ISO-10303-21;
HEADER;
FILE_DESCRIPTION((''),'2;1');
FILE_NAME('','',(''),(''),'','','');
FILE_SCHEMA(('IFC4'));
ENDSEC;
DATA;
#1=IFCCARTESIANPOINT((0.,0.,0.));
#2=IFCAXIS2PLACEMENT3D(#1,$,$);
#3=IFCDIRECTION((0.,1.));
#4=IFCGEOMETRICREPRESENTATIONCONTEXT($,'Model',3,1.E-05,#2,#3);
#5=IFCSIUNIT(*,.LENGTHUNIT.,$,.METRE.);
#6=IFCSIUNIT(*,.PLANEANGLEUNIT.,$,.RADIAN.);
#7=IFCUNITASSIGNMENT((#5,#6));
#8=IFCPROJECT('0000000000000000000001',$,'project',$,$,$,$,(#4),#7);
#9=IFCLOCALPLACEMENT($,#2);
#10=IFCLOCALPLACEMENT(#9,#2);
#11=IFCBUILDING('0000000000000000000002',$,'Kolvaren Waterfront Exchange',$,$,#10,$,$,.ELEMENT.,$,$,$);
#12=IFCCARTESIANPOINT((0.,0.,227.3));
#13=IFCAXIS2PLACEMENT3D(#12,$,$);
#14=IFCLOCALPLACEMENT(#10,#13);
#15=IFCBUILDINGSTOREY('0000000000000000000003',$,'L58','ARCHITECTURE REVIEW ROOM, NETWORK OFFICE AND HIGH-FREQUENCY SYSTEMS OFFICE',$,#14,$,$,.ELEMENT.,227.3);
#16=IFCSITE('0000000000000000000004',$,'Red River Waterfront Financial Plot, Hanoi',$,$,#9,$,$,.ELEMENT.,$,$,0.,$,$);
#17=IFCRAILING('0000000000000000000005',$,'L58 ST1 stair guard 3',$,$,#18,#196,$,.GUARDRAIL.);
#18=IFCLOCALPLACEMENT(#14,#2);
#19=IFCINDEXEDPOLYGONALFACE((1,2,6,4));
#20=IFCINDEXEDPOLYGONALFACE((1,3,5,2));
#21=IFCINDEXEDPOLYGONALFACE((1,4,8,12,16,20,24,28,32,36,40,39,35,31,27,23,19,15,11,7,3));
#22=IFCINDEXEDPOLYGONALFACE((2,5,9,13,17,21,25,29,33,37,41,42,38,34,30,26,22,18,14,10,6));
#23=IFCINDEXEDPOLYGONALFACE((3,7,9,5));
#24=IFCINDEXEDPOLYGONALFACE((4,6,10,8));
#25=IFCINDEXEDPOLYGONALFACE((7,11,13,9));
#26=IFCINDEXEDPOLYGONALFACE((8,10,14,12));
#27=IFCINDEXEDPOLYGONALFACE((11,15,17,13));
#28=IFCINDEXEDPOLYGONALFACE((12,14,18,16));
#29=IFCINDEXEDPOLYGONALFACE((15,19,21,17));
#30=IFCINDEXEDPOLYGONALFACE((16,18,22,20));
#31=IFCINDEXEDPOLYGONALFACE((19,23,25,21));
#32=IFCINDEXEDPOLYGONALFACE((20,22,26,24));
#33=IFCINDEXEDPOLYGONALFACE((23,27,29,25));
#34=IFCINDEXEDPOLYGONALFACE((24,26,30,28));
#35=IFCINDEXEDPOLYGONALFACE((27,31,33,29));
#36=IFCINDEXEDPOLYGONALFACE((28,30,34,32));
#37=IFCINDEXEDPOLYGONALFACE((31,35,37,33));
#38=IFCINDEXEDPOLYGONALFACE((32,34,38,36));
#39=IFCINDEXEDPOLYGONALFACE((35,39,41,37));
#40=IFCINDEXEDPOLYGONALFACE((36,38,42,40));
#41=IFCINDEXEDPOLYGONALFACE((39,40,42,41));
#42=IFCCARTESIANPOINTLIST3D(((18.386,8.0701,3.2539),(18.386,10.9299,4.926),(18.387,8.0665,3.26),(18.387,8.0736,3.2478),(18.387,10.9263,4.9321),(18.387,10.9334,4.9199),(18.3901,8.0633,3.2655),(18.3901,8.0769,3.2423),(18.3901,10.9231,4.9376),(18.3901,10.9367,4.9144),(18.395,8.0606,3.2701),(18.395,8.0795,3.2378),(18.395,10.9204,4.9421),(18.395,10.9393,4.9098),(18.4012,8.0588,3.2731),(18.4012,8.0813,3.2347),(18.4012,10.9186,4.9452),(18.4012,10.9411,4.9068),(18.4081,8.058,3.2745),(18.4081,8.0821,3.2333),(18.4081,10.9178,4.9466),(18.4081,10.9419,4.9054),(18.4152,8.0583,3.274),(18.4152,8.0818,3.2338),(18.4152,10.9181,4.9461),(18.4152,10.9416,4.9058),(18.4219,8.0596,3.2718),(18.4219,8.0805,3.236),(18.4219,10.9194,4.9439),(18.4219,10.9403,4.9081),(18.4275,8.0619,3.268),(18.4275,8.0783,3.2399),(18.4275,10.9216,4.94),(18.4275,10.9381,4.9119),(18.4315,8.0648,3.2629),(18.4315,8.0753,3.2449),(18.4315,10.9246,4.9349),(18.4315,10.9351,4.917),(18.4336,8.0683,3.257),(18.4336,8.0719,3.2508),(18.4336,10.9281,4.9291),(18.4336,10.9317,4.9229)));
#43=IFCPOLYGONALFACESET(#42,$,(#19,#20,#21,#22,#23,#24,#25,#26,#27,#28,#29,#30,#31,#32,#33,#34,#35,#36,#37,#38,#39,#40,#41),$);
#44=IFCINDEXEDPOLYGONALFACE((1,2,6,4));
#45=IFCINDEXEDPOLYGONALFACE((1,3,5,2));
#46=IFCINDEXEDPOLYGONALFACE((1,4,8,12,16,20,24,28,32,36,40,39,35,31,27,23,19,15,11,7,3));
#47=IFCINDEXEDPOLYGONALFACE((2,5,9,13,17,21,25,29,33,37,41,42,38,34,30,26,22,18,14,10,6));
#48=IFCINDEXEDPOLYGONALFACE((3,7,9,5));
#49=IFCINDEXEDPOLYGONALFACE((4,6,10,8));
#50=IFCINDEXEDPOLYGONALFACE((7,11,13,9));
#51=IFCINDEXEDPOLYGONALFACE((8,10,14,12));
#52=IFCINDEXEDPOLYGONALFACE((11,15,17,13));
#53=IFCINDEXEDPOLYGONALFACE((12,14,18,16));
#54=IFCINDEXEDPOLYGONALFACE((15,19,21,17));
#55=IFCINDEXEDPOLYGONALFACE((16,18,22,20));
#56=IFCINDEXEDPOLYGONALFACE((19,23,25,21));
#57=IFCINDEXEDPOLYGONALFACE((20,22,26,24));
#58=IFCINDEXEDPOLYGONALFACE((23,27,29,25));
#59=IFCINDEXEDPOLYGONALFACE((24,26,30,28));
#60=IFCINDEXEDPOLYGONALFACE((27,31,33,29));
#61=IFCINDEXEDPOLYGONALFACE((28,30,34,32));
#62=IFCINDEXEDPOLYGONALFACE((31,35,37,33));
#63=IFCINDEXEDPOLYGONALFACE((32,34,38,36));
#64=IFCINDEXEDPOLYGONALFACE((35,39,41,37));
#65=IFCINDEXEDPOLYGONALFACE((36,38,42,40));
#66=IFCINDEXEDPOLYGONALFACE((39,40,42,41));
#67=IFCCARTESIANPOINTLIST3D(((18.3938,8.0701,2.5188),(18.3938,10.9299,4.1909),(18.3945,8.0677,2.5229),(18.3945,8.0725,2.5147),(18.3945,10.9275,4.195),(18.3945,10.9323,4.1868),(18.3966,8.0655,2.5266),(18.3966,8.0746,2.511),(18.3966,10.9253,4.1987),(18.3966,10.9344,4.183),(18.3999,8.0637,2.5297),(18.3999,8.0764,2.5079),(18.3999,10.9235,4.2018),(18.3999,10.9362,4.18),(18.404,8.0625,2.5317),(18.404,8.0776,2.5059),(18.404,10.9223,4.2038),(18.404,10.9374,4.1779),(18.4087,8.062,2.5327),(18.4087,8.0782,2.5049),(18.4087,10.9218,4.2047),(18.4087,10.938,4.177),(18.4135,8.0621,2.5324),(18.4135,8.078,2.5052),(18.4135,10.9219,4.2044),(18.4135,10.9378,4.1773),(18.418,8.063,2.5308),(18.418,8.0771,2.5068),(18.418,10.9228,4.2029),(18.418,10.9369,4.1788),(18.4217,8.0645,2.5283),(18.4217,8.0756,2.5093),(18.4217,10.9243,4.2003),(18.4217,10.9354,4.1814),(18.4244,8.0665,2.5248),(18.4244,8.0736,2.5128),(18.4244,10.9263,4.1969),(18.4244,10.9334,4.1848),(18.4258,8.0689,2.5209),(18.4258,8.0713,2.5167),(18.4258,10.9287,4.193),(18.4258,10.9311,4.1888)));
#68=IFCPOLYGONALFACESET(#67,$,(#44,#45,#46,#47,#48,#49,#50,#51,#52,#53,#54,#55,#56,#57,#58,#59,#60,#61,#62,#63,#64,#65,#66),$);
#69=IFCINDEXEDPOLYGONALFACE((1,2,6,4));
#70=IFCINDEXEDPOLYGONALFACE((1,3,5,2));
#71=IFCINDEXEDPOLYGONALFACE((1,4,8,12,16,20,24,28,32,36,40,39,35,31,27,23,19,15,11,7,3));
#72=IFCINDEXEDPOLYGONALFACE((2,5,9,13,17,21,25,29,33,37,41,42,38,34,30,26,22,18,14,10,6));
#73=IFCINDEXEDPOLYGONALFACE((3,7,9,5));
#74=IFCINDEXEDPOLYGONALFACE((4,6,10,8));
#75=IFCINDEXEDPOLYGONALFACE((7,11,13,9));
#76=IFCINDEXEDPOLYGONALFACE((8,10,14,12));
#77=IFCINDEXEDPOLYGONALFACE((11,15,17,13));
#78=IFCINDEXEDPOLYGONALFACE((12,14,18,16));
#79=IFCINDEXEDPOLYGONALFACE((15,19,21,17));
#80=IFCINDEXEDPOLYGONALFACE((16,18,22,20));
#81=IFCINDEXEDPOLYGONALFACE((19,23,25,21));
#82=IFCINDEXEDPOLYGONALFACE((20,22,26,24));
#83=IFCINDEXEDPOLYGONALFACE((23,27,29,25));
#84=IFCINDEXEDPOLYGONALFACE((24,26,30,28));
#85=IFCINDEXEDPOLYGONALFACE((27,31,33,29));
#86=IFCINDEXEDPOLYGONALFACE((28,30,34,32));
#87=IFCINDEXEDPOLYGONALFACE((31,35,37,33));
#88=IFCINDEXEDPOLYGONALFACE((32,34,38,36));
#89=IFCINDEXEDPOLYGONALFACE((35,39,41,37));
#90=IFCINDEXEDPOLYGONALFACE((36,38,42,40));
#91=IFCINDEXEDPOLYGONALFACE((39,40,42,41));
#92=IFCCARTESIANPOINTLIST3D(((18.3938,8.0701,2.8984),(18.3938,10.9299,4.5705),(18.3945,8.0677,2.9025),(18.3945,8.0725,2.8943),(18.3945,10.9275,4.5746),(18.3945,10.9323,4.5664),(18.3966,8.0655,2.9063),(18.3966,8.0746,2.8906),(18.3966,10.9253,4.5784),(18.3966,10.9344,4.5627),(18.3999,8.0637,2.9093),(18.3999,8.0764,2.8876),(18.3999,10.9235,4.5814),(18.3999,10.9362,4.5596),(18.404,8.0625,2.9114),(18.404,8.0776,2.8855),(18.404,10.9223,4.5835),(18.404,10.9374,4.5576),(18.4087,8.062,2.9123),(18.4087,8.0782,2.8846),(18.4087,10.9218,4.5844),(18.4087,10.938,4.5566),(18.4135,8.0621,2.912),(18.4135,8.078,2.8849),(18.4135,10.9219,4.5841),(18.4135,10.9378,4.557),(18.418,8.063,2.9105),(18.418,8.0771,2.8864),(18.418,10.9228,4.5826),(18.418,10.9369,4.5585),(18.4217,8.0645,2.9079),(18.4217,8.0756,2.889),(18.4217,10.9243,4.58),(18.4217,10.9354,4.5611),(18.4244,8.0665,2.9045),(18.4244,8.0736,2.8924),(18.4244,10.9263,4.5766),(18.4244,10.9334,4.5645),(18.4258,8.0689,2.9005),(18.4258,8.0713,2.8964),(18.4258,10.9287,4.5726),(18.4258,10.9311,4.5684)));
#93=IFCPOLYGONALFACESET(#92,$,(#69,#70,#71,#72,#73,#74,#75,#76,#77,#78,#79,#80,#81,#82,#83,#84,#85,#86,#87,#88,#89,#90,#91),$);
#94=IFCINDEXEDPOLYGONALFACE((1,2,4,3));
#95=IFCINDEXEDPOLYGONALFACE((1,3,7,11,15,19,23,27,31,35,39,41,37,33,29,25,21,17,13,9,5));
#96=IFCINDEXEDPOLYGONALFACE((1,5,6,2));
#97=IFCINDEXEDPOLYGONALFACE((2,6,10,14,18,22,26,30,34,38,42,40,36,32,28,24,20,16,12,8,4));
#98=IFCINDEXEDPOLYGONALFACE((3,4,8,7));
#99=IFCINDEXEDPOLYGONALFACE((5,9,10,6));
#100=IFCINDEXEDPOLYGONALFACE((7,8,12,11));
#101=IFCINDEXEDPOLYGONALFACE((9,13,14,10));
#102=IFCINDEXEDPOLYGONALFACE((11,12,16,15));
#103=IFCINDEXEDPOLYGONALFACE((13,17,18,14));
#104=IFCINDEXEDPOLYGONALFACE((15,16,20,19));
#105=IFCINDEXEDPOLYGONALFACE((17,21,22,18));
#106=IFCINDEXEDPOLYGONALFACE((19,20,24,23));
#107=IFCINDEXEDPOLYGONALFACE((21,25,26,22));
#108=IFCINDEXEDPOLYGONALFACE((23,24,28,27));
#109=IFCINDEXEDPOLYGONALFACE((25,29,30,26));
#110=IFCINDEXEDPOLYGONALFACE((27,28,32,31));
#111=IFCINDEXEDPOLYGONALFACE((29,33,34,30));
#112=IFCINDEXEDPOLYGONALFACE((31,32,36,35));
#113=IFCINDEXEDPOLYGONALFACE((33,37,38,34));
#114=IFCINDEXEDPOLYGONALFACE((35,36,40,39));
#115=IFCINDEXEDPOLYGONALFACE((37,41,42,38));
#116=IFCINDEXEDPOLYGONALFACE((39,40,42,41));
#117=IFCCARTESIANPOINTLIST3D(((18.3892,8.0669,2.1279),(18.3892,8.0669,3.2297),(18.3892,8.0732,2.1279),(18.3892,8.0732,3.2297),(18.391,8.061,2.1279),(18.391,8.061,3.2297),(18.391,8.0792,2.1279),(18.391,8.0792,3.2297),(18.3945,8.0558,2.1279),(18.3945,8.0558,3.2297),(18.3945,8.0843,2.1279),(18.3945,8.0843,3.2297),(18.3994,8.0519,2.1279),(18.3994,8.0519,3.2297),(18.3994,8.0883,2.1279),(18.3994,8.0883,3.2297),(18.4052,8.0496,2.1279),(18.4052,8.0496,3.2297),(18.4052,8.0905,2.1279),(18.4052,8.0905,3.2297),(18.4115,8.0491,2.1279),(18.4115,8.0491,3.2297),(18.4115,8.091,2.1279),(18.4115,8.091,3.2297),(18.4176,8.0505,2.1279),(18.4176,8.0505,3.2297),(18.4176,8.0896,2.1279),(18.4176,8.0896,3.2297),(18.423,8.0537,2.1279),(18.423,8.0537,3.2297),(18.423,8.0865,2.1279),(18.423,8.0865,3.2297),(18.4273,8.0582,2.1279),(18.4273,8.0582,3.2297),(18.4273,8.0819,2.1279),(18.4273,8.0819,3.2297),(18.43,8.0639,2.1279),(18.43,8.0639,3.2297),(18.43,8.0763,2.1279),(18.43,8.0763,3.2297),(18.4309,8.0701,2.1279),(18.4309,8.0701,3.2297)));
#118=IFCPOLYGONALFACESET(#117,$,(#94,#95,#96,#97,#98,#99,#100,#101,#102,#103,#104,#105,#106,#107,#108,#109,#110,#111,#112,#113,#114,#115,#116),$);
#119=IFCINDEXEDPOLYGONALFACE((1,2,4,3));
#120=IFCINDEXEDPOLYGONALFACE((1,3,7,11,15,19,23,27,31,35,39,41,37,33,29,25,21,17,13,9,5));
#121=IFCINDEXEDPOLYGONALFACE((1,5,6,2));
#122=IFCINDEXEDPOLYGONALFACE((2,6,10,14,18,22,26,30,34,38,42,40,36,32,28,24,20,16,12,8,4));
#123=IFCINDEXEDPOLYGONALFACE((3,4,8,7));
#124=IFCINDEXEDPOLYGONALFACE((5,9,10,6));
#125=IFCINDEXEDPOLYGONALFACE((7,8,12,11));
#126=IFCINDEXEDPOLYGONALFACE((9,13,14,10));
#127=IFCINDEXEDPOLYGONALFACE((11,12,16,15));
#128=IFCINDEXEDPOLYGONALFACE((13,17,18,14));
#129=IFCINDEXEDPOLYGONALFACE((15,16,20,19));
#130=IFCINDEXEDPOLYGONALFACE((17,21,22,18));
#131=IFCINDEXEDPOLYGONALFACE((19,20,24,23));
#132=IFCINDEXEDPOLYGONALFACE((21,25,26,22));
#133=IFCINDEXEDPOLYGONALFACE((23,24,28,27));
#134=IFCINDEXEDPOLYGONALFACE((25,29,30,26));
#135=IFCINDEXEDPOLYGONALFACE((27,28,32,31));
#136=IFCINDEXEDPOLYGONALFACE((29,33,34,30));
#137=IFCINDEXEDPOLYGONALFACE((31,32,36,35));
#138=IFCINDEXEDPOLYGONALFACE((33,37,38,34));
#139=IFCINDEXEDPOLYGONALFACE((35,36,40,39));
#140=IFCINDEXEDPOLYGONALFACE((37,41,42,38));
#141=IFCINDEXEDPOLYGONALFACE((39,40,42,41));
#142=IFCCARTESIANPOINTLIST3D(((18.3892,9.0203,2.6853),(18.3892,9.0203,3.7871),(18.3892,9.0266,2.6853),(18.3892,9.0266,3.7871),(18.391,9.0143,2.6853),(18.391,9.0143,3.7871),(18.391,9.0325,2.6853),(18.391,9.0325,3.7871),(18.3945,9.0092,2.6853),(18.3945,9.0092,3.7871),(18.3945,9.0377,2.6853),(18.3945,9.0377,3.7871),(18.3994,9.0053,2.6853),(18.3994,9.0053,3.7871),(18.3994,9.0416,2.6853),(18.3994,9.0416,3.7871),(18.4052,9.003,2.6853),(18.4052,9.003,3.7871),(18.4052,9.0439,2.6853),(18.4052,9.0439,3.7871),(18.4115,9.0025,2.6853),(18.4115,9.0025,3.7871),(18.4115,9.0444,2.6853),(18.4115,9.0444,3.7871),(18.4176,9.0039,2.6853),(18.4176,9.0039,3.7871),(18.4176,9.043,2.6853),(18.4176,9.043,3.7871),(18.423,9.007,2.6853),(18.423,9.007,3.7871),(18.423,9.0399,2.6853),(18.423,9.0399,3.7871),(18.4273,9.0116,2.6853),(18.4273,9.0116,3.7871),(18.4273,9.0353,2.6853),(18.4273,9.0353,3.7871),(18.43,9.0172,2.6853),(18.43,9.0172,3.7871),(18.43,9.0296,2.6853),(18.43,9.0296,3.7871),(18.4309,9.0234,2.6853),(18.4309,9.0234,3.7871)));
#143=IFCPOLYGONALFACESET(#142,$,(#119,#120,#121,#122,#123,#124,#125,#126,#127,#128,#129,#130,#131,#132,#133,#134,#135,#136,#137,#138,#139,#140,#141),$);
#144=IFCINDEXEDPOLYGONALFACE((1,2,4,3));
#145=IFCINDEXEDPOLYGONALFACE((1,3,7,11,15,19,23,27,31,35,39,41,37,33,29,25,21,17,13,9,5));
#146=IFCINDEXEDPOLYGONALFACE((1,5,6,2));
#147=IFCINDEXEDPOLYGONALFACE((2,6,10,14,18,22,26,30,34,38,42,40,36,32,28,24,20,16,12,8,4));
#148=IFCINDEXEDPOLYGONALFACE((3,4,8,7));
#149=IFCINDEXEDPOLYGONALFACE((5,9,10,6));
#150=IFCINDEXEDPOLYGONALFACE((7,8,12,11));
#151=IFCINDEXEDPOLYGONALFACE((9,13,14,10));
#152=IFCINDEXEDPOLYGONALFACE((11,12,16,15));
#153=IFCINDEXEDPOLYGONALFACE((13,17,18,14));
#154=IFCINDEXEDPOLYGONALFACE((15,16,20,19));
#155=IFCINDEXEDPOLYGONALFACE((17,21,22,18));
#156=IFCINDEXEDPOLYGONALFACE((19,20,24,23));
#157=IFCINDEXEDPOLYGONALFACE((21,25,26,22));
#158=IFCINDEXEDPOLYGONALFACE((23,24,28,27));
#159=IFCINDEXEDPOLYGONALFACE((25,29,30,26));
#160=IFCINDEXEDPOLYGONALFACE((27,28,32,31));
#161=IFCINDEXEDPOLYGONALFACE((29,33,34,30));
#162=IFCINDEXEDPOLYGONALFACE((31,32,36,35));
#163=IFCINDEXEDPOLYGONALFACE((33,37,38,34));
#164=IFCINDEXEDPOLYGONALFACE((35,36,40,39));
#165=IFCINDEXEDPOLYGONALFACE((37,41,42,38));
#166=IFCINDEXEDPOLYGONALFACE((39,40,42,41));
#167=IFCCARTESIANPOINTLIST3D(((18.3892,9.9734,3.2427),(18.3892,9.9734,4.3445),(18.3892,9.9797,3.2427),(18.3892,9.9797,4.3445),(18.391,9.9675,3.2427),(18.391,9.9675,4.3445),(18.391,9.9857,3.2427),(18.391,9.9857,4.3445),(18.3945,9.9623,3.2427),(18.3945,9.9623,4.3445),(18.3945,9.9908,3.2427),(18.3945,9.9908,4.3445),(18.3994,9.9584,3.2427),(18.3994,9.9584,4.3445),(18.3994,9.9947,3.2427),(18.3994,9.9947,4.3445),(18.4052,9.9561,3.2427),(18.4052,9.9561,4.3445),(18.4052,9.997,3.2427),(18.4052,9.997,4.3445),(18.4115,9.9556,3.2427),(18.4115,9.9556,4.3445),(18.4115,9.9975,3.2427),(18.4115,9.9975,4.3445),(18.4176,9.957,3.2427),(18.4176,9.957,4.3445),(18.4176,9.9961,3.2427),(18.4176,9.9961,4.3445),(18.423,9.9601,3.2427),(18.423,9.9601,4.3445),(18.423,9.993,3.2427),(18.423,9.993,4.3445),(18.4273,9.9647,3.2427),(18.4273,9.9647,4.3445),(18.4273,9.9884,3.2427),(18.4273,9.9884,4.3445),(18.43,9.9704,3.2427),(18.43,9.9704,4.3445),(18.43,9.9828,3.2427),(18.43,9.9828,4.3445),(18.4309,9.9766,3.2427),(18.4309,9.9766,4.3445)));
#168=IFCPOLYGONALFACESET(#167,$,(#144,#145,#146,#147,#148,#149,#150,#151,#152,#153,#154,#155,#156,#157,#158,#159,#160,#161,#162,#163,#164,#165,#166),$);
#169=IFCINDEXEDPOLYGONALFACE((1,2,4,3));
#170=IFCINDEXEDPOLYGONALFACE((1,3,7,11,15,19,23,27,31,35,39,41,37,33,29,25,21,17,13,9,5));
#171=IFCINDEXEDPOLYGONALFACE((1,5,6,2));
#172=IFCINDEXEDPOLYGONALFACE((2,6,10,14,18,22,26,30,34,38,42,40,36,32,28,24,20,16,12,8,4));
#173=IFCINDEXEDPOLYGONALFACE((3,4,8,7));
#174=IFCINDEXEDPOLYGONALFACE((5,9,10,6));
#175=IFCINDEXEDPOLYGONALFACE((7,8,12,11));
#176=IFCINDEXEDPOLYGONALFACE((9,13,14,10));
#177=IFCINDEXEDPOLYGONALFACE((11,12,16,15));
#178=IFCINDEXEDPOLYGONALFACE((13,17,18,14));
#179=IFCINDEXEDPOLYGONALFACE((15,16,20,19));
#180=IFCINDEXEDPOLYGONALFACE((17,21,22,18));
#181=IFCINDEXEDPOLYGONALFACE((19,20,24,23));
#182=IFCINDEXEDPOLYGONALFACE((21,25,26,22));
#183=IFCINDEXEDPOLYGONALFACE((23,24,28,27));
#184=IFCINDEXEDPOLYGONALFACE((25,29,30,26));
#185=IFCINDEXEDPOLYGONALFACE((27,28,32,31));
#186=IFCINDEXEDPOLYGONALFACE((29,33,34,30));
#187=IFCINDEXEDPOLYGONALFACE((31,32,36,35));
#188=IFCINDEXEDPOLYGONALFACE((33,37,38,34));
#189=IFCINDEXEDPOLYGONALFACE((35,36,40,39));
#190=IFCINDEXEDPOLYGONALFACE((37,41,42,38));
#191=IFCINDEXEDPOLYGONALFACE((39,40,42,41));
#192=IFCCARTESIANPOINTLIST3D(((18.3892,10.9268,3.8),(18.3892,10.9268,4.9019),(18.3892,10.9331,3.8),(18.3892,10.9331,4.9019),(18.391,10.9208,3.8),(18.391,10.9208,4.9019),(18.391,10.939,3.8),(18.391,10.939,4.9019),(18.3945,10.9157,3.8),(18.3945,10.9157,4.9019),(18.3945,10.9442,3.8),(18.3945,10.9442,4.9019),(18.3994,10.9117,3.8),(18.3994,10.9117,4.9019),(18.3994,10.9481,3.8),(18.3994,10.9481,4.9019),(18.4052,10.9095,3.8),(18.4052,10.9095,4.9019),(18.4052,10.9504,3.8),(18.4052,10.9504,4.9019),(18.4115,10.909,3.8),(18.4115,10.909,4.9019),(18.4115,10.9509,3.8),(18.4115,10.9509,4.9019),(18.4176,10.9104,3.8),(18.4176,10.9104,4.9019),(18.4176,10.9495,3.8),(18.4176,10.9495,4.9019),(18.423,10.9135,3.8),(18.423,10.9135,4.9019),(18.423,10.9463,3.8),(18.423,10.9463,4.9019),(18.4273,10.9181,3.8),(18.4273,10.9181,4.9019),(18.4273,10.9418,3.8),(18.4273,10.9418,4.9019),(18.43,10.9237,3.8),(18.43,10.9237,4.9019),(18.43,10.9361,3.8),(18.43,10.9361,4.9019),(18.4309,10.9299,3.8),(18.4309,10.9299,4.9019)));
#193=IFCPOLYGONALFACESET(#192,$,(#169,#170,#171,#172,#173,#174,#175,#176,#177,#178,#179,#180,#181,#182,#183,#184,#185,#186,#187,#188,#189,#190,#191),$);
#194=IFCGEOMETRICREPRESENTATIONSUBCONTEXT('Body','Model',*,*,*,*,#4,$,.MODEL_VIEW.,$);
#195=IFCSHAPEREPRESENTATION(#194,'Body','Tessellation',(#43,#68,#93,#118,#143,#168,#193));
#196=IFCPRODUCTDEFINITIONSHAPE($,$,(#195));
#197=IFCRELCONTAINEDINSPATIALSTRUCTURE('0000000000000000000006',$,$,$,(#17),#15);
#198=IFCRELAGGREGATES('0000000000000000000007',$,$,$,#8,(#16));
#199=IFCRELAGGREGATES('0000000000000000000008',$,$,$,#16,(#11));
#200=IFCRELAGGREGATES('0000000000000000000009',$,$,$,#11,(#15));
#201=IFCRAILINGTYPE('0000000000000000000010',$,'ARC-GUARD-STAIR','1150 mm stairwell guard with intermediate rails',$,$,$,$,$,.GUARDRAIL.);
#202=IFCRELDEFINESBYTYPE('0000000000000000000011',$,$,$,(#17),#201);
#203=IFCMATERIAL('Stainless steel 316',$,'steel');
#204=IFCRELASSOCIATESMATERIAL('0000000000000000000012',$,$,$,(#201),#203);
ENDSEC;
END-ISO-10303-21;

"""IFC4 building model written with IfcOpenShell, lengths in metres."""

from ifc_helpers import new_model, si_unit, direction, frame, origin, origin_2d, place, context, subcontext, project, spatial, circle, extrude, material, type_object, element, save


model = new_model("IFC4")

# Units and contexts
model_context = context("Model", 3, precision=1e-05, world=origin(), true_north=direction((0.0, 1.0)))
body_context = subcontext(model_context, "Body", "Model", "MODEL_VIEW")
ifc_project = project(units=[si_unit("LENGTHUNIT", "METRE"), si_unit("PLANEANGLEUNIT", "RADIAN")], contexts=[model_context])

# Site, building, storey
site_placement = place(None, origin())
site = spatial("IfcSite", under=ifc_project, at=site_placement, Name="Red River Waterfront Financial Plot, Hanoi", CompositionType="ELEMENT", RefElevation=0.0)
building_placement = place(site_placement, origin())
building = spatial("IfcBuilding", under=site, at=building_placement, Name="Kolvaren Waterfront Exchange", CompositionType="ELEMENT")
storey_placement = place(building_placement, frame((0.0, 0.0, 227.3)))
storey = spatial("IfcBuildingStorey", under=building, at=storey_placement, Name="L58", Description="ARCHITECTURE REVIEW ROOM, NETWORK OFFICE AND HIGH-FREQUENCY SYSTEMS OFFICE", CompositionType="ELEMENT", Elevation=227.3)

# Railing
ifc_material_1 = material(Name="Stainless steel 316", Category="steel")
railing_type_1 = type_object("IfcRailingType", Name="ARC-GUARD-STAIR", Description="1150 mm stairwell guard with intermediate rails", PredefinedType="GUARDRAIL", material=ifc_material_1)
railing_1_placement = place(storey_placement, frame((18.4099, 8.0701, 2.1279)))
element("IfcRailing", 1, at=railing_1_placement, inside=storey, type_object=railing_type_1, Name="L58 ST1 stair guard 3", PredefinedType="GUARDRAIL", context=body_context, shape_type="SweptSolid", body=[
    extrude(circle(Radius=0.0239, at=origin_2d()), frame((0.0, 0.0, 1.126), z_axis=(0.0, 0.863271, 0.504741), x_axis=(-1.0, 0.0, 0.0)), (0.0, 0.0, 1.0), 3.3127),
    extrude(circle(Radius=0.0161, at=origin_2d()), frame((0.0, 0.0, 0.3909), z_axis=(0.0, 0.863271, 0.504741), x_axis=(-1.0, 0.0, 0.0)), (0.0, 0.0, 1.0), 3.3127),
    extrude(circle(Radius=0.0161, at=origin_2d()), frame((0.0, 0.0, 0.7705), z_axis=(0.0, 0.863271, 0.504741), x_axis=(-1.0, 0.0, 0.0)), (0.0, 0.0, 1.0), 3.3127),
    extrude(circle(Radius=0.021, at=origin_2d()), origin(), (0.0, 0.0, 1.0), 1.1018),
    extrude(circle(Radius=0.021, at=origin_2d()), frame((0.0, 0.9534, 0.5574)), (0.0, 0.0, 1.0), 1.1018),
    extrude(circle(Radius=0.021, at=origin_2d()), frame((0.0, 1.9065, 1.1147)), (0.0, 0.0, 1.0), 1.1018),
    extrude(circle(Radius=0.021, at=origin_2d()), frame((0.0, 2.8599, 1.6721)), (0.0, 0.0, 1.0), 1.1018),
])

save(model, "model.ifc")
